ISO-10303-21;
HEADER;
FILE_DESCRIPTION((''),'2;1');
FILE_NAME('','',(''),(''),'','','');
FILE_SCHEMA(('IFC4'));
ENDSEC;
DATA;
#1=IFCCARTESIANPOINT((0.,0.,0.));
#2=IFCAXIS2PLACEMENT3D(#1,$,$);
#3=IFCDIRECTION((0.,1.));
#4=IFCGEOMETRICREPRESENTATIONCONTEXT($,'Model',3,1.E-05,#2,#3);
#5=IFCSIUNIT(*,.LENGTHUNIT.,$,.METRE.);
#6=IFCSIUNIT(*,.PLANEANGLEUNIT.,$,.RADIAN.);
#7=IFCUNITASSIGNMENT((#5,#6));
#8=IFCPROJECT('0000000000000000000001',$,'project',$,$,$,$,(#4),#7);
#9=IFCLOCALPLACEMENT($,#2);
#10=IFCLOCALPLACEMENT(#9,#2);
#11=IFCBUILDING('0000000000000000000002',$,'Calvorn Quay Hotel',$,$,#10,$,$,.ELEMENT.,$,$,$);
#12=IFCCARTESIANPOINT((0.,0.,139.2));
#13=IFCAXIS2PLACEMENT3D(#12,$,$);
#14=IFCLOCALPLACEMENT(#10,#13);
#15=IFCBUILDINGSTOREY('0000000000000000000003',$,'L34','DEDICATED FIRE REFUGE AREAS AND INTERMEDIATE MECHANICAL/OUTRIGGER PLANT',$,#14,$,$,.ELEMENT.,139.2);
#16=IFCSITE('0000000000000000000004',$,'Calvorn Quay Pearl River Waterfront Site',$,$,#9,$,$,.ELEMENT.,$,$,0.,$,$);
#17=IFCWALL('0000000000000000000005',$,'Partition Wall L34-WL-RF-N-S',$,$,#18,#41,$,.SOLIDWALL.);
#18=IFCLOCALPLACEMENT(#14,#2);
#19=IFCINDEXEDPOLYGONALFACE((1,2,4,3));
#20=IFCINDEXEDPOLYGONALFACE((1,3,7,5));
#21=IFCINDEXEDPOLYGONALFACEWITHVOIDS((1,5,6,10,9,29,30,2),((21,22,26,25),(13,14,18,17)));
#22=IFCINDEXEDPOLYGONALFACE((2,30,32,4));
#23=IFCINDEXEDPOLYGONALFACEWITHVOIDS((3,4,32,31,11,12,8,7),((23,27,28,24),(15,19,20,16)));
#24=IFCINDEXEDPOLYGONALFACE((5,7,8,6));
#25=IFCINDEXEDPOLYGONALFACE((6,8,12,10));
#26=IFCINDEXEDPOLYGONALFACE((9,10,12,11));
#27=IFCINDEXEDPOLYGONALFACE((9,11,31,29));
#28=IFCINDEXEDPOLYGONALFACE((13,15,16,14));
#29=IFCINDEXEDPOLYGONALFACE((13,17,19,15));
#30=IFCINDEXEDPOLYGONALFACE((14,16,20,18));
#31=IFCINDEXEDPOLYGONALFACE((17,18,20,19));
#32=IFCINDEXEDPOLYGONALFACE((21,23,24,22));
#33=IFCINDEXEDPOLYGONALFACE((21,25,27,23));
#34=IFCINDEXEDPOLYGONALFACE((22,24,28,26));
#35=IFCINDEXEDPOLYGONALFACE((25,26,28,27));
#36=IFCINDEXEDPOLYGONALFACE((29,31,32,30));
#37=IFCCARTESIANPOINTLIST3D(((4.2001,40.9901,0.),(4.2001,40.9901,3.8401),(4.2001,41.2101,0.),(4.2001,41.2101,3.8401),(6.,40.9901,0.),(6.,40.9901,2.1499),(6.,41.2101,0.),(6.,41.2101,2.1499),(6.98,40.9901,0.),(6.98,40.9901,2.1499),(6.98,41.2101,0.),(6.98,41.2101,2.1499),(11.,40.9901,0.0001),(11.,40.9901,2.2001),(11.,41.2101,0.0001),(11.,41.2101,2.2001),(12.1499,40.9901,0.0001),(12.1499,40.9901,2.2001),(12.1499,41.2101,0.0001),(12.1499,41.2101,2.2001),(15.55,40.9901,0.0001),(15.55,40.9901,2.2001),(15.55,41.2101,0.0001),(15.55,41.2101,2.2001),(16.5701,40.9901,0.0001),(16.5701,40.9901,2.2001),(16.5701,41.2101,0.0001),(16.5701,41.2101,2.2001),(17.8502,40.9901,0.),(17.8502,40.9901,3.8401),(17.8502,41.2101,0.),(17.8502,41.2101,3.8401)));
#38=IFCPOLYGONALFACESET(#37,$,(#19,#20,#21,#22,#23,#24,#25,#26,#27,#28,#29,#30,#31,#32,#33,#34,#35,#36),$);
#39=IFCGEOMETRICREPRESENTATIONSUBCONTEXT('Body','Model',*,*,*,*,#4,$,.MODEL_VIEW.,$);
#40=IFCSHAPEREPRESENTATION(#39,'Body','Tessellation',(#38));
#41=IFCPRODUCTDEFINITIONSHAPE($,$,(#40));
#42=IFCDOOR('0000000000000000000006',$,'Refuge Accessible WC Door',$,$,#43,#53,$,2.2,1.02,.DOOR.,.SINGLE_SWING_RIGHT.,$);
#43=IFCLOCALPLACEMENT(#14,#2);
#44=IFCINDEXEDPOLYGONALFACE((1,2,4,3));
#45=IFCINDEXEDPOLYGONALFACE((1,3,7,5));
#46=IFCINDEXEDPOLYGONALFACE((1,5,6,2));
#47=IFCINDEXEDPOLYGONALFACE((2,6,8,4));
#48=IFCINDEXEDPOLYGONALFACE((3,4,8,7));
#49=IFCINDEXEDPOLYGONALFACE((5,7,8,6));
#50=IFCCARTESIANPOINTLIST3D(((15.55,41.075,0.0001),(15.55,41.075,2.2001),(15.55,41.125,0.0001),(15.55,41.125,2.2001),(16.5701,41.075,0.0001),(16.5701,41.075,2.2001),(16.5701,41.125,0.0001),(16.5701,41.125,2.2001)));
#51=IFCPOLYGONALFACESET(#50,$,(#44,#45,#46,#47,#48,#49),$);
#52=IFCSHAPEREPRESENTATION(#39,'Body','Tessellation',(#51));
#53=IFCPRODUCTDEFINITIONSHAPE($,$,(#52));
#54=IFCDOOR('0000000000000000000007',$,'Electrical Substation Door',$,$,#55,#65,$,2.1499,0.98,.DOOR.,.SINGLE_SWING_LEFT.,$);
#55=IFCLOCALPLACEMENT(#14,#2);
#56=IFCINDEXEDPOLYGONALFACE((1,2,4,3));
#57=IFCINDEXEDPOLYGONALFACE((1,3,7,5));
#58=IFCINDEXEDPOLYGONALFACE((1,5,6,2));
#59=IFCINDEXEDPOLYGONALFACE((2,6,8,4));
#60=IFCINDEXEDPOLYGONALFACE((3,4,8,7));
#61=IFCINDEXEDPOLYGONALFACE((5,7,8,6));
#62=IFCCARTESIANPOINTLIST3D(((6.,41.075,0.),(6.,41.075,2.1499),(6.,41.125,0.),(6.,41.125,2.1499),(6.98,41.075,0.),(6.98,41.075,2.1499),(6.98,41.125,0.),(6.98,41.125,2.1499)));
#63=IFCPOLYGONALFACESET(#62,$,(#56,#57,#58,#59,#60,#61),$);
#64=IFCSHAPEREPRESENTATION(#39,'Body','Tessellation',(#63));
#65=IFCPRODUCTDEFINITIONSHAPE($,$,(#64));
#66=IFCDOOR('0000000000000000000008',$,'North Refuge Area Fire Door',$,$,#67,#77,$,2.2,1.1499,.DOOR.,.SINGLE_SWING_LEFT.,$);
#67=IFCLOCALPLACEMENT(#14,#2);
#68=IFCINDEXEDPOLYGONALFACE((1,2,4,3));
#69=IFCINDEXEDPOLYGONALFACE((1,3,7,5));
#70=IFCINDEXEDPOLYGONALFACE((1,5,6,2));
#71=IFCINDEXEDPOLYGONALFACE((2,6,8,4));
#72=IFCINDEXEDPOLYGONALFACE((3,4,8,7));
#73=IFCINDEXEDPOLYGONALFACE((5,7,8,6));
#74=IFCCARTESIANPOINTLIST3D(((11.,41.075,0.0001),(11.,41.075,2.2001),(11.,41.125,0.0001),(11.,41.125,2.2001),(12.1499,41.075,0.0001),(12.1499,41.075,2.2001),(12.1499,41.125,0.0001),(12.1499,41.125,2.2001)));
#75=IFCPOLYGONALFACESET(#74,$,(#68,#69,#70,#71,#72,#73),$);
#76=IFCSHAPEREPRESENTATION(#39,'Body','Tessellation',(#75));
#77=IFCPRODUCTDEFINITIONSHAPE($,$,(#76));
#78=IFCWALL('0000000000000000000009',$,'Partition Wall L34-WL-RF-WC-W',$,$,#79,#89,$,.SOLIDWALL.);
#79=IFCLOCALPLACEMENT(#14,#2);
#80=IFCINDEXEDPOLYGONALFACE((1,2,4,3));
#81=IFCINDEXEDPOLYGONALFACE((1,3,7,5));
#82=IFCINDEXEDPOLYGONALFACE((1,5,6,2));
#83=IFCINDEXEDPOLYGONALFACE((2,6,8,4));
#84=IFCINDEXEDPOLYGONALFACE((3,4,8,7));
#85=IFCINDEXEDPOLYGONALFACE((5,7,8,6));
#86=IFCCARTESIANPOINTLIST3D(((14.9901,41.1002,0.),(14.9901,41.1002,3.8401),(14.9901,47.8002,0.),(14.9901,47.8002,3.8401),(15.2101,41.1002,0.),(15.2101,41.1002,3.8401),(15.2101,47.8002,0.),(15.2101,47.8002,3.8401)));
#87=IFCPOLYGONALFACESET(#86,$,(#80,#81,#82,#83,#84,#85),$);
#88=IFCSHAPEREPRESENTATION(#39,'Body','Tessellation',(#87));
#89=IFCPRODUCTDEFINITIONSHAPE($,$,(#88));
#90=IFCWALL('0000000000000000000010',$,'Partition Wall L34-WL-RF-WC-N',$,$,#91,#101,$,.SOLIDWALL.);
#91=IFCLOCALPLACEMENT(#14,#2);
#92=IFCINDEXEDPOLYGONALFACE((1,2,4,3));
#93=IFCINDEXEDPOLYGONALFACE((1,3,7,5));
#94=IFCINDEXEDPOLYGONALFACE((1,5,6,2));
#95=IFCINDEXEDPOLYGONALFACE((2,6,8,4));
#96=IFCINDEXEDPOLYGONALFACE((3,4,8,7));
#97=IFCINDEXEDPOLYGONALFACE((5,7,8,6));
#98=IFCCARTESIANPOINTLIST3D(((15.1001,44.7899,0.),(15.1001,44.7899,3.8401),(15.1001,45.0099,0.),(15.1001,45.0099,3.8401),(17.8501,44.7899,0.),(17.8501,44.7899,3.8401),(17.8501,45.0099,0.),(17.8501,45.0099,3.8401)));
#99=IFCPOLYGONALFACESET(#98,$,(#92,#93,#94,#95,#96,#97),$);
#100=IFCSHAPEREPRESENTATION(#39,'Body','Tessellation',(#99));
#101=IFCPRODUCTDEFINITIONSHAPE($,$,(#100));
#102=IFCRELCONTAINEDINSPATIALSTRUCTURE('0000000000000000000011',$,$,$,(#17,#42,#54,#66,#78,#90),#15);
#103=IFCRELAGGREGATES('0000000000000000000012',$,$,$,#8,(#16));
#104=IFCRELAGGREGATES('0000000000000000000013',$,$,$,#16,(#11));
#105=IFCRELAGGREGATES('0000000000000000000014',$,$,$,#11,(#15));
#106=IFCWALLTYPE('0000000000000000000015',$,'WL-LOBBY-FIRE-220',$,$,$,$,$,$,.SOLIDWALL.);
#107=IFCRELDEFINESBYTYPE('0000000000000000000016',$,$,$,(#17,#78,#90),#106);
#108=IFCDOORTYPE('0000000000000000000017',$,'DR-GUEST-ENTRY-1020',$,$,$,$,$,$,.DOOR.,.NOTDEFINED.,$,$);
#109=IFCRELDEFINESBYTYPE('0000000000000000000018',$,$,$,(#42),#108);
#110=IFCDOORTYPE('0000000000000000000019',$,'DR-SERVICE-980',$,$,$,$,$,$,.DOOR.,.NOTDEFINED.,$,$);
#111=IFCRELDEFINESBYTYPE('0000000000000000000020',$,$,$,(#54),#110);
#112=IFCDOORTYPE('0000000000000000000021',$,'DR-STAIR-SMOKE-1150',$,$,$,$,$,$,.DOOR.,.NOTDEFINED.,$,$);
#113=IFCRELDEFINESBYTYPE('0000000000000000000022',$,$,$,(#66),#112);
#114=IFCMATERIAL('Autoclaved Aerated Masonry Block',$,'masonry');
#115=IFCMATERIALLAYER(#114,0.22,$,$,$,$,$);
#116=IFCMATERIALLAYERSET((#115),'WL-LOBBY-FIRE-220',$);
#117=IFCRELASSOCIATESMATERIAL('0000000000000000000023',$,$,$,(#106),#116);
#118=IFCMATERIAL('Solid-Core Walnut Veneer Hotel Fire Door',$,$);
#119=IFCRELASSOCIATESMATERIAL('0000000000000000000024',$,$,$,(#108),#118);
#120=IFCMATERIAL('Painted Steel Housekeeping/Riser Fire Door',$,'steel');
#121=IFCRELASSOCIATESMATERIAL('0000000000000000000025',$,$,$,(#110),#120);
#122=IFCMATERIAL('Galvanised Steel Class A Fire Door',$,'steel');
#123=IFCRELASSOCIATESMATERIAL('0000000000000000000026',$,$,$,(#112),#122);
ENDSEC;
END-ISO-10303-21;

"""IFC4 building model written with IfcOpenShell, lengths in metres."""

from ifc_helpers import new_model, si_unit, direction, frame, frame_2d, origin, place, context, subcontext, project, spatial, rectangle, extrude, material, layer, layer_set, type_object, element, fill, save


model = new_model("IFC4")

# Units and contexts
model_context = context("Model", 3, precision=1e-05, world=origin(), true_north=direction((0.0, 1.0)))
body_context = subcontext(model_context, "Body", "Model", "MODEL_VIEW")
ifc_project = project(units=[si_unit("LENGTHUNIT", "METRE"), si_unit("PLANEANGLEUNIT", "RADIAN")], contexts=[model_context])

# Site, building, storey
site_placement = place(None, origin())
site = spatial("IfcSite", under=ifc_project, at=site_placement, Name="Calvorn Quay Pearl River Waterfront Site", CompositionType="ELEMENT", RefElevation=0.0)
building_placement = place(site_placement, origin())
building = spatial("IfcBuilding", under=site, at=building_placement, Name="Calvorn Quay Hotel", CompositionType="ELEMENT")
storey_placement = place(building_placement, frame((0.0, 0.0, 139.2)))
storey = spatial("IfcBuildingStorey", under=building, at=storey_placement, Name="L34", Description="DEDICATED FIRE REFUGE AREAS AND INTERMEDIATE MECHANICAL/OUTRIGGER PLANT", CompositionType="ELEMENT", Elevation=139.2)

# Shared definitions
ifc_material_1 = material(Name="Autoclaved Aerated Masonry Block", Category="masonry")
ifc_layer_1 = layer(ifc_material_1, 0.22)
ifc_layer_set_1 = layer_set([ifc_layer_1], Name="WL-LOBBY-FIRE-220")
wall_type_1 = type_object("IfcWallType", Name="WL-LOBBY-FIRE-220", PredefinedType="SOLIDWALL", material=ifc_layer_set_1)

# Wall, openings, doors
wall_1_placement = place(storey_placement, frame((4.2, 41.1001, 0.0), z_axis=(0.0, 0.0, 1.0), x_axis=(1.0, 0.0, 0.0)))
wall_1 = element("IfcWall", 1, at=wall_1_placement, inside=storey, type_object=wall_type_1, Name="Partition Wall L34-WL-RF-N-S", PredefinedType="SOLIDWALL", context=body_context, shape_type="SweptSolid", body=[
    extrude(rectangle(XDim=13.6501, YDim=0.22, at=frame_2d((6.8252, 0.0))), origin(), (0.0, 0.0, 1.0), 3.8401),
])
opening_1_placement = place(wall_1_placement, frame((1.8, 0.0, 0.0)))
opening_1 = element("IfcOpeningElement", 2, at=opening_1_placement, cuts=wall_1, PredefinedType="OPENING", context=body_context, shape_type="SweptSolid", body=[
    extrude(rectangle(XDim=0.98, YDim=2.1499, at=frame_2d((0.49, 1.075))), frame((0.0, 0.1199, 0.0), z_axis=(0.0, -1.0, 0.0), x_axis=(1.0, 0.0, 0.0)), (0.0, 0.0, 1.0), 0.24),
])
opening_2_placement = place(wall_1_placement, frame((6.8, 0.0, 0.0)))
opening_2 = element("IfcOpeningElement", 3, at=opening_2_placement, cuts=wall_1, PredefinedType="OPENING", context=body_context, shape_type="SweptSolid", body=[
    extrude(rectangle(XDim=1.1499, YDim=2.2, at=frame_2d((0.575, 1.1001))), frame((0.0, 0.1199, 0.0), z_axis=(0.0, -1.0, 0.0), x_axis=(1.0, 0.0, 0.0)), (0.0, 0.0, 1.0), 0.24),
])
opening_3_placement = place(wall_1_placement, frame((11.3501, 0.0, 0.0)))
opening_3 = element("IfcOpeningElement", 4, at=opening_3_placement, cuts=wall_1, PredefinedType="OPENING", context=body_context, shape_type="SweptSolid", body=[
    extrude(rectangle(XDim=1.02, YDim=2.2, at=frame_2d((0.51, 1.1001))), frame((0.0, 0.1199, 0.0), z_axis=(0.0, -1.0, 0.0), x_axis=(1.0, 0.0, 0.0)), (0.0, 0.0, 1.0), 0.24),
])
ifc_material_2 = material(Name="Solid-Core Walnut Veneer Hotel Fire Door")
door_type_1 = type_object("IfcDoorType", Name="DR-GUEST-ENTRY-1020", OperationType="NOTDEFINED", PredefinedType="DOOR", material=ifc_material_2)
door_1_placement = place(opening_3_placement, origin())
door_1 = element("IfcDoor", 5, at=door_1_placement, inside=storey, type_object=door_type_1, Name="Refuge Accessible WC Door", OperationType="SINGLE_SWING_RIGHT", OverallHeight=2.2, OverallWidth=1.02, PredefinedType="DOOR", context=body_context, shape_type="SweptSolid", body=[
    extrude(rectangle(XDim=1.02, YDim=2.2, at=frame_2d((0.51, 1.1001))), frame((0.0, 0.0249, 0.0), z_axis=(0.0, -1.0, 0.0), x_axis=(1.0, 0.0, 0.0)), (0.0, 0.0, 1.0), 0.05),
])
fill(opening_3, door_1)
ifc_material_3 = material(Name="Painted Steel Housekeeping/Riser Fire Door", Category="steel")
door_type_2 = type_object("IfcDoorType", Name="DR-SERVICE-980", OperationType="NOTDEFINED", PredefinedType="DOOR", material=ifc_material_3)
door_2_placement = place(opening_1_placement, origin())
door_2 = element("IfcDoor", 6, at=door_2_placement, inside=storey, type_object=door_type_2, Name="Electrical Substation Door", OperationType="SINGLE_SWING_LEFT", OverallHeight=2.1499, OverallWidth=0.98, PredefinedType="DOOR", context=body_context, shape_type="SweptSolid", body=[
    extrude(rectangle(XDim=0.98, YDim=2.1499, at=frame_2d((0.49, 1.075))), frame((0.0, 0.0249, 0.0), z_axis=(0.0, -1.0, 0.0), x_axis=(1.0, 0.0, 0.0)), (0.0, 0.0, 1.0), 0.05),
])
fill(opening_1, door_2)
ifc_material_4 = material(Name="Galvanised Steel Class A Fire Door", Category="steel")
door_type_3 = type_object("IfcDoorType", Name="DR-STAIR-SMOKE-1150", OperationType="NOTDEFINED", PredefinedType="DOOR", material=ifc_material_4)
door_3_placement = place(opening_2_placement, origin())
door_3 = element("IfcDoor", 7, at=door_3_placement, inside=storey, type_object=door_type_3, Name="North Refuge Area Fire Door", OperationType="SINGLE_SWING_LEFT", OverallHeight=2.2, OverallWidth=1.1499, PredefinedType="DOOR", context=body_context, shape_type="SweptSolid", body=[
    extrude(rectangle(XDim=1.1499, YDim=2.2, at=frame_2d((0.575, 1.1001))), frame((0.0, 0.0249, 0.0), z_axis=(0.0, -1.0, 0.0), x_axis=(1.0, 0.0, 0.0)), (0.0, 0.0, 1.0), 0.05),
])
fill(opening_2, door_3)

# Walls
wall_2_placement = place(storey_placement, frame((15.1001, 41.1001, 0.0), z_axis=(0.0, 0.0, 1.0), x_axis=(0.0, 1.0, 0.0)))
element("IfcWall", 8, at=wall_2_placement, inside=storey, type_object=wall_type_1, Name="Partition Wall L34-WL-RF-WC-W", PredefinedType="SOLIDWALL", context=body_context, shape_type="SweptSolid", body=[
    extrude(rectangle(XDim=6.7, YDim=0.22, at=frame_2d((3.3501, 0.0))), origin(), (0.0, 0.0, 1.0), 3.8401),
])
wall_3_placement = place(storey_placement, frame((15.1001, 44.8999, 0.0), z_axis=(0.0, 0.0, 1.0), x_axis=(1.0, 0.0, 0.0)))
element("IfcWall", 9, at=wall_3_placement, inside=storey, type_object=wall_type_1, Name="Partition Wall L34-WL-RF-WC-N", PredefinedType="SOLIDWALL", context=body_context, shape_type="SweptSolid", body=[
    extrude(rectangle(XDim=2.75, YDim=0.22, at=frame_2d((1.375, 0.0))), origin(), (0.0, 0.0, 1.0), 3.8401),
])

save(model, "model.ifc")
